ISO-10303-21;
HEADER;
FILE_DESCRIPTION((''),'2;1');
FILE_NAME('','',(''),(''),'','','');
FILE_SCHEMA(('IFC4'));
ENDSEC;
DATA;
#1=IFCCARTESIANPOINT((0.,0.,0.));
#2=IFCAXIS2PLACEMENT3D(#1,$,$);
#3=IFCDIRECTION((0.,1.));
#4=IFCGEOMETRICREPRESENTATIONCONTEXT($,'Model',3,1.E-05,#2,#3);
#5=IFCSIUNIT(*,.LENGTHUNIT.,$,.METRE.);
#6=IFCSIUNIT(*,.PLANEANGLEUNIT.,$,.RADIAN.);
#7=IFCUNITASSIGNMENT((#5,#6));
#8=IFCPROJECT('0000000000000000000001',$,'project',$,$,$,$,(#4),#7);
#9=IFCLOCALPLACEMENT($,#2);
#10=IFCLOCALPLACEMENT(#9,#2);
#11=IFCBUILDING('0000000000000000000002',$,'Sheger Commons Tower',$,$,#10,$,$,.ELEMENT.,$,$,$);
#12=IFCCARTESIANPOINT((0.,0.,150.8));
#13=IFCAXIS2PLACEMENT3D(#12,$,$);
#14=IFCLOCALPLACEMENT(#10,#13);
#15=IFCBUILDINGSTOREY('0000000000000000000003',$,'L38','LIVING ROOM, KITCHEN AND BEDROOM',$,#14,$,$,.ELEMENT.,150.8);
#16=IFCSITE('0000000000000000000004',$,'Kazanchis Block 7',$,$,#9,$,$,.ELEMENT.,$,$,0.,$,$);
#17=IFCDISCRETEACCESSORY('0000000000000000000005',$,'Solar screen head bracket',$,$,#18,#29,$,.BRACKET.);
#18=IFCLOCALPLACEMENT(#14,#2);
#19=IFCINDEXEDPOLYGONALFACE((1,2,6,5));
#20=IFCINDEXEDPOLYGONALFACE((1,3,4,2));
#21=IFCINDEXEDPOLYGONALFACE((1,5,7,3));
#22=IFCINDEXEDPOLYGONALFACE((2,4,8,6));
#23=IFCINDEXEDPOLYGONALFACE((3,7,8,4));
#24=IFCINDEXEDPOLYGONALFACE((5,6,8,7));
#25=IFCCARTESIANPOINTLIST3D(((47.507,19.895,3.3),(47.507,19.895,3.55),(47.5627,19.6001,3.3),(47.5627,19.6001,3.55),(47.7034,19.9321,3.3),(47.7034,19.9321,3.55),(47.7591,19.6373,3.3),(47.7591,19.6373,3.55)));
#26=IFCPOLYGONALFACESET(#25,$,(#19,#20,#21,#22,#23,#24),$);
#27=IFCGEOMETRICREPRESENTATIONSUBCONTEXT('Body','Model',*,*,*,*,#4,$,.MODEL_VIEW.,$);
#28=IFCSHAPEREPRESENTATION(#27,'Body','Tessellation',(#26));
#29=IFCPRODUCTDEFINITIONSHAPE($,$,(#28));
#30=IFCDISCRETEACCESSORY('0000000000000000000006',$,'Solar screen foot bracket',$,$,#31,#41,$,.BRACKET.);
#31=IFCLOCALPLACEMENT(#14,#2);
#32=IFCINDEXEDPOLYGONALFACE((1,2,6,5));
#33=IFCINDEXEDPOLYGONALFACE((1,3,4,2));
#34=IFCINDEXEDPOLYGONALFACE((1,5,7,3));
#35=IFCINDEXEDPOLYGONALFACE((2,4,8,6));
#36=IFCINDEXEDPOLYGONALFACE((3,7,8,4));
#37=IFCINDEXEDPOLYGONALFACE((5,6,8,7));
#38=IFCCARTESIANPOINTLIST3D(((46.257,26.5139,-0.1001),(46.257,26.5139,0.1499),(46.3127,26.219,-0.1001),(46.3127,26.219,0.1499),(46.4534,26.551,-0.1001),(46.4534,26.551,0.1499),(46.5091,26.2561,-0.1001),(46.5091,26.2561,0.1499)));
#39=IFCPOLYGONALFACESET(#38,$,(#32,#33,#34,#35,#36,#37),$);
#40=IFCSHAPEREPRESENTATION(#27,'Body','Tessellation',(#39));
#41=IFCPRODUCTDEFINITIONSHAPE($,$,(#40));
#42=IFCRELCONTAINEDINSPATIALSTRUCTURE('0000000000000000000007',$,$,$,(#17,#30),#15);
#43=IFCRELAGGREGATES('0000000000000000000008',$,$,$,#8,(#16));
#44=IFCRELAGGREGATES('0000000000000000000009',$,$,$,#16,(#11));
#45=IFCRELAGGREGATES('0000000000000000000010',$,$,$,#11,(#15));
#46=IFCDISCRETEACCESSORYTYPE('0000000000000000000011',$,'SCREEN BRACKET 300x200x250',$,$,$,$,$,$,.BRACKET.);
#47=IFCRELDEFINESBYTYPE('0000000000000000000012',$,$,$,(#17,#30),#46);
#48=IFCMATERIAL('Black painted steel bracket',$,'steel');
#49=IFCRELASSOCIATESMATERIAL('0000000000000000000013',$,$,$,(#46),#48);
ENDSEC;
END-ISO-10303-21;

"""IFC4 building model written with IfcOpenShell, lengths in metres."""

from ifc_helpers import new_model, si_unit, direction, frame, origin, origin_2d, place, context, subcontext, project, spatial, rectangle, extrude, material, type_object, element, save


model = new_model("IFC4")

# Units and contexts
model_context = context("Model", 3, precision=1e-05, world=origin(), true_north=direction((0.0, 1.0)))
body_context = subcontext(model_context, "Body", "Model", "MODEL_VIEW")
ifc_project = project(units=[si_unit("LENGTHUNIT", "METRE"), si_unit("PLANEANGLEUNIT", "RADIAN")], contexts=[model_context])

# Site, building, storey
site_placement = place(None, origin())
site = spatial("IfcSite", under=ifc_project, at=site_placement, Name="Kazanchis Block 7", CompositionType="ELEMENT", RefElevation=0.0)
building_placement = place(site_placement, origin())
building = spatial("IfcBuilding", under=site, at=building_placement, Name="Sheger Commons Tower", CompositionType="ELEMENT")
storey_placement = place(building_placement, frame((0.0, 0.0, 150.8)))
storey = spatial("IfcBuildingStorey", under=building, at=storey_placement, Name="L38", Description="LIVING ROOM, KITCHEN AND BEDROOM", CompositionType="ELEMENT", Elevation=150.8)

# Discrete accessories
ifc_material_1 = material(Name="Black painted steel bracket", Category="steel")
discrete_accessory_type = type_object("IfcDiscreteAccessoryType", Name="SCREEN BRACKET 300x200x250", PredefinedType="BRACKET", material=ifc_material_1)
for number, where, z_axis, x_axis, name in (
    (1, (47.6331, 19.7661, 3.3), (0.0, 0.0, 1.0), (-0.185615, 0.982623, 0.0), "Solar screen head bracket"),
    (2, (46.3831, 26.385, -0.1001), (0.0, 0.0, 1.0), (-0.185615, 0.982623, 0.0), "Solar screen foot bracket"),
):
    element("IfcDiscreteAccessory", number, at=place(storey_placement, frame(where, z_axis=z_axis, x_axis=x_axis)), inside=storey, type_object=discrete_accessory_type, Name=name, PredefinedType="BRACKET", context=body_context, shape_type="SweptSolid", body=[
        extrude(rectangle(XDim=0.3, YDim=0.2, at=origin_2d()), origin(), (0.0, 0.0, 1.0), 0.25),
    ])

save(model, "model.ifc")
